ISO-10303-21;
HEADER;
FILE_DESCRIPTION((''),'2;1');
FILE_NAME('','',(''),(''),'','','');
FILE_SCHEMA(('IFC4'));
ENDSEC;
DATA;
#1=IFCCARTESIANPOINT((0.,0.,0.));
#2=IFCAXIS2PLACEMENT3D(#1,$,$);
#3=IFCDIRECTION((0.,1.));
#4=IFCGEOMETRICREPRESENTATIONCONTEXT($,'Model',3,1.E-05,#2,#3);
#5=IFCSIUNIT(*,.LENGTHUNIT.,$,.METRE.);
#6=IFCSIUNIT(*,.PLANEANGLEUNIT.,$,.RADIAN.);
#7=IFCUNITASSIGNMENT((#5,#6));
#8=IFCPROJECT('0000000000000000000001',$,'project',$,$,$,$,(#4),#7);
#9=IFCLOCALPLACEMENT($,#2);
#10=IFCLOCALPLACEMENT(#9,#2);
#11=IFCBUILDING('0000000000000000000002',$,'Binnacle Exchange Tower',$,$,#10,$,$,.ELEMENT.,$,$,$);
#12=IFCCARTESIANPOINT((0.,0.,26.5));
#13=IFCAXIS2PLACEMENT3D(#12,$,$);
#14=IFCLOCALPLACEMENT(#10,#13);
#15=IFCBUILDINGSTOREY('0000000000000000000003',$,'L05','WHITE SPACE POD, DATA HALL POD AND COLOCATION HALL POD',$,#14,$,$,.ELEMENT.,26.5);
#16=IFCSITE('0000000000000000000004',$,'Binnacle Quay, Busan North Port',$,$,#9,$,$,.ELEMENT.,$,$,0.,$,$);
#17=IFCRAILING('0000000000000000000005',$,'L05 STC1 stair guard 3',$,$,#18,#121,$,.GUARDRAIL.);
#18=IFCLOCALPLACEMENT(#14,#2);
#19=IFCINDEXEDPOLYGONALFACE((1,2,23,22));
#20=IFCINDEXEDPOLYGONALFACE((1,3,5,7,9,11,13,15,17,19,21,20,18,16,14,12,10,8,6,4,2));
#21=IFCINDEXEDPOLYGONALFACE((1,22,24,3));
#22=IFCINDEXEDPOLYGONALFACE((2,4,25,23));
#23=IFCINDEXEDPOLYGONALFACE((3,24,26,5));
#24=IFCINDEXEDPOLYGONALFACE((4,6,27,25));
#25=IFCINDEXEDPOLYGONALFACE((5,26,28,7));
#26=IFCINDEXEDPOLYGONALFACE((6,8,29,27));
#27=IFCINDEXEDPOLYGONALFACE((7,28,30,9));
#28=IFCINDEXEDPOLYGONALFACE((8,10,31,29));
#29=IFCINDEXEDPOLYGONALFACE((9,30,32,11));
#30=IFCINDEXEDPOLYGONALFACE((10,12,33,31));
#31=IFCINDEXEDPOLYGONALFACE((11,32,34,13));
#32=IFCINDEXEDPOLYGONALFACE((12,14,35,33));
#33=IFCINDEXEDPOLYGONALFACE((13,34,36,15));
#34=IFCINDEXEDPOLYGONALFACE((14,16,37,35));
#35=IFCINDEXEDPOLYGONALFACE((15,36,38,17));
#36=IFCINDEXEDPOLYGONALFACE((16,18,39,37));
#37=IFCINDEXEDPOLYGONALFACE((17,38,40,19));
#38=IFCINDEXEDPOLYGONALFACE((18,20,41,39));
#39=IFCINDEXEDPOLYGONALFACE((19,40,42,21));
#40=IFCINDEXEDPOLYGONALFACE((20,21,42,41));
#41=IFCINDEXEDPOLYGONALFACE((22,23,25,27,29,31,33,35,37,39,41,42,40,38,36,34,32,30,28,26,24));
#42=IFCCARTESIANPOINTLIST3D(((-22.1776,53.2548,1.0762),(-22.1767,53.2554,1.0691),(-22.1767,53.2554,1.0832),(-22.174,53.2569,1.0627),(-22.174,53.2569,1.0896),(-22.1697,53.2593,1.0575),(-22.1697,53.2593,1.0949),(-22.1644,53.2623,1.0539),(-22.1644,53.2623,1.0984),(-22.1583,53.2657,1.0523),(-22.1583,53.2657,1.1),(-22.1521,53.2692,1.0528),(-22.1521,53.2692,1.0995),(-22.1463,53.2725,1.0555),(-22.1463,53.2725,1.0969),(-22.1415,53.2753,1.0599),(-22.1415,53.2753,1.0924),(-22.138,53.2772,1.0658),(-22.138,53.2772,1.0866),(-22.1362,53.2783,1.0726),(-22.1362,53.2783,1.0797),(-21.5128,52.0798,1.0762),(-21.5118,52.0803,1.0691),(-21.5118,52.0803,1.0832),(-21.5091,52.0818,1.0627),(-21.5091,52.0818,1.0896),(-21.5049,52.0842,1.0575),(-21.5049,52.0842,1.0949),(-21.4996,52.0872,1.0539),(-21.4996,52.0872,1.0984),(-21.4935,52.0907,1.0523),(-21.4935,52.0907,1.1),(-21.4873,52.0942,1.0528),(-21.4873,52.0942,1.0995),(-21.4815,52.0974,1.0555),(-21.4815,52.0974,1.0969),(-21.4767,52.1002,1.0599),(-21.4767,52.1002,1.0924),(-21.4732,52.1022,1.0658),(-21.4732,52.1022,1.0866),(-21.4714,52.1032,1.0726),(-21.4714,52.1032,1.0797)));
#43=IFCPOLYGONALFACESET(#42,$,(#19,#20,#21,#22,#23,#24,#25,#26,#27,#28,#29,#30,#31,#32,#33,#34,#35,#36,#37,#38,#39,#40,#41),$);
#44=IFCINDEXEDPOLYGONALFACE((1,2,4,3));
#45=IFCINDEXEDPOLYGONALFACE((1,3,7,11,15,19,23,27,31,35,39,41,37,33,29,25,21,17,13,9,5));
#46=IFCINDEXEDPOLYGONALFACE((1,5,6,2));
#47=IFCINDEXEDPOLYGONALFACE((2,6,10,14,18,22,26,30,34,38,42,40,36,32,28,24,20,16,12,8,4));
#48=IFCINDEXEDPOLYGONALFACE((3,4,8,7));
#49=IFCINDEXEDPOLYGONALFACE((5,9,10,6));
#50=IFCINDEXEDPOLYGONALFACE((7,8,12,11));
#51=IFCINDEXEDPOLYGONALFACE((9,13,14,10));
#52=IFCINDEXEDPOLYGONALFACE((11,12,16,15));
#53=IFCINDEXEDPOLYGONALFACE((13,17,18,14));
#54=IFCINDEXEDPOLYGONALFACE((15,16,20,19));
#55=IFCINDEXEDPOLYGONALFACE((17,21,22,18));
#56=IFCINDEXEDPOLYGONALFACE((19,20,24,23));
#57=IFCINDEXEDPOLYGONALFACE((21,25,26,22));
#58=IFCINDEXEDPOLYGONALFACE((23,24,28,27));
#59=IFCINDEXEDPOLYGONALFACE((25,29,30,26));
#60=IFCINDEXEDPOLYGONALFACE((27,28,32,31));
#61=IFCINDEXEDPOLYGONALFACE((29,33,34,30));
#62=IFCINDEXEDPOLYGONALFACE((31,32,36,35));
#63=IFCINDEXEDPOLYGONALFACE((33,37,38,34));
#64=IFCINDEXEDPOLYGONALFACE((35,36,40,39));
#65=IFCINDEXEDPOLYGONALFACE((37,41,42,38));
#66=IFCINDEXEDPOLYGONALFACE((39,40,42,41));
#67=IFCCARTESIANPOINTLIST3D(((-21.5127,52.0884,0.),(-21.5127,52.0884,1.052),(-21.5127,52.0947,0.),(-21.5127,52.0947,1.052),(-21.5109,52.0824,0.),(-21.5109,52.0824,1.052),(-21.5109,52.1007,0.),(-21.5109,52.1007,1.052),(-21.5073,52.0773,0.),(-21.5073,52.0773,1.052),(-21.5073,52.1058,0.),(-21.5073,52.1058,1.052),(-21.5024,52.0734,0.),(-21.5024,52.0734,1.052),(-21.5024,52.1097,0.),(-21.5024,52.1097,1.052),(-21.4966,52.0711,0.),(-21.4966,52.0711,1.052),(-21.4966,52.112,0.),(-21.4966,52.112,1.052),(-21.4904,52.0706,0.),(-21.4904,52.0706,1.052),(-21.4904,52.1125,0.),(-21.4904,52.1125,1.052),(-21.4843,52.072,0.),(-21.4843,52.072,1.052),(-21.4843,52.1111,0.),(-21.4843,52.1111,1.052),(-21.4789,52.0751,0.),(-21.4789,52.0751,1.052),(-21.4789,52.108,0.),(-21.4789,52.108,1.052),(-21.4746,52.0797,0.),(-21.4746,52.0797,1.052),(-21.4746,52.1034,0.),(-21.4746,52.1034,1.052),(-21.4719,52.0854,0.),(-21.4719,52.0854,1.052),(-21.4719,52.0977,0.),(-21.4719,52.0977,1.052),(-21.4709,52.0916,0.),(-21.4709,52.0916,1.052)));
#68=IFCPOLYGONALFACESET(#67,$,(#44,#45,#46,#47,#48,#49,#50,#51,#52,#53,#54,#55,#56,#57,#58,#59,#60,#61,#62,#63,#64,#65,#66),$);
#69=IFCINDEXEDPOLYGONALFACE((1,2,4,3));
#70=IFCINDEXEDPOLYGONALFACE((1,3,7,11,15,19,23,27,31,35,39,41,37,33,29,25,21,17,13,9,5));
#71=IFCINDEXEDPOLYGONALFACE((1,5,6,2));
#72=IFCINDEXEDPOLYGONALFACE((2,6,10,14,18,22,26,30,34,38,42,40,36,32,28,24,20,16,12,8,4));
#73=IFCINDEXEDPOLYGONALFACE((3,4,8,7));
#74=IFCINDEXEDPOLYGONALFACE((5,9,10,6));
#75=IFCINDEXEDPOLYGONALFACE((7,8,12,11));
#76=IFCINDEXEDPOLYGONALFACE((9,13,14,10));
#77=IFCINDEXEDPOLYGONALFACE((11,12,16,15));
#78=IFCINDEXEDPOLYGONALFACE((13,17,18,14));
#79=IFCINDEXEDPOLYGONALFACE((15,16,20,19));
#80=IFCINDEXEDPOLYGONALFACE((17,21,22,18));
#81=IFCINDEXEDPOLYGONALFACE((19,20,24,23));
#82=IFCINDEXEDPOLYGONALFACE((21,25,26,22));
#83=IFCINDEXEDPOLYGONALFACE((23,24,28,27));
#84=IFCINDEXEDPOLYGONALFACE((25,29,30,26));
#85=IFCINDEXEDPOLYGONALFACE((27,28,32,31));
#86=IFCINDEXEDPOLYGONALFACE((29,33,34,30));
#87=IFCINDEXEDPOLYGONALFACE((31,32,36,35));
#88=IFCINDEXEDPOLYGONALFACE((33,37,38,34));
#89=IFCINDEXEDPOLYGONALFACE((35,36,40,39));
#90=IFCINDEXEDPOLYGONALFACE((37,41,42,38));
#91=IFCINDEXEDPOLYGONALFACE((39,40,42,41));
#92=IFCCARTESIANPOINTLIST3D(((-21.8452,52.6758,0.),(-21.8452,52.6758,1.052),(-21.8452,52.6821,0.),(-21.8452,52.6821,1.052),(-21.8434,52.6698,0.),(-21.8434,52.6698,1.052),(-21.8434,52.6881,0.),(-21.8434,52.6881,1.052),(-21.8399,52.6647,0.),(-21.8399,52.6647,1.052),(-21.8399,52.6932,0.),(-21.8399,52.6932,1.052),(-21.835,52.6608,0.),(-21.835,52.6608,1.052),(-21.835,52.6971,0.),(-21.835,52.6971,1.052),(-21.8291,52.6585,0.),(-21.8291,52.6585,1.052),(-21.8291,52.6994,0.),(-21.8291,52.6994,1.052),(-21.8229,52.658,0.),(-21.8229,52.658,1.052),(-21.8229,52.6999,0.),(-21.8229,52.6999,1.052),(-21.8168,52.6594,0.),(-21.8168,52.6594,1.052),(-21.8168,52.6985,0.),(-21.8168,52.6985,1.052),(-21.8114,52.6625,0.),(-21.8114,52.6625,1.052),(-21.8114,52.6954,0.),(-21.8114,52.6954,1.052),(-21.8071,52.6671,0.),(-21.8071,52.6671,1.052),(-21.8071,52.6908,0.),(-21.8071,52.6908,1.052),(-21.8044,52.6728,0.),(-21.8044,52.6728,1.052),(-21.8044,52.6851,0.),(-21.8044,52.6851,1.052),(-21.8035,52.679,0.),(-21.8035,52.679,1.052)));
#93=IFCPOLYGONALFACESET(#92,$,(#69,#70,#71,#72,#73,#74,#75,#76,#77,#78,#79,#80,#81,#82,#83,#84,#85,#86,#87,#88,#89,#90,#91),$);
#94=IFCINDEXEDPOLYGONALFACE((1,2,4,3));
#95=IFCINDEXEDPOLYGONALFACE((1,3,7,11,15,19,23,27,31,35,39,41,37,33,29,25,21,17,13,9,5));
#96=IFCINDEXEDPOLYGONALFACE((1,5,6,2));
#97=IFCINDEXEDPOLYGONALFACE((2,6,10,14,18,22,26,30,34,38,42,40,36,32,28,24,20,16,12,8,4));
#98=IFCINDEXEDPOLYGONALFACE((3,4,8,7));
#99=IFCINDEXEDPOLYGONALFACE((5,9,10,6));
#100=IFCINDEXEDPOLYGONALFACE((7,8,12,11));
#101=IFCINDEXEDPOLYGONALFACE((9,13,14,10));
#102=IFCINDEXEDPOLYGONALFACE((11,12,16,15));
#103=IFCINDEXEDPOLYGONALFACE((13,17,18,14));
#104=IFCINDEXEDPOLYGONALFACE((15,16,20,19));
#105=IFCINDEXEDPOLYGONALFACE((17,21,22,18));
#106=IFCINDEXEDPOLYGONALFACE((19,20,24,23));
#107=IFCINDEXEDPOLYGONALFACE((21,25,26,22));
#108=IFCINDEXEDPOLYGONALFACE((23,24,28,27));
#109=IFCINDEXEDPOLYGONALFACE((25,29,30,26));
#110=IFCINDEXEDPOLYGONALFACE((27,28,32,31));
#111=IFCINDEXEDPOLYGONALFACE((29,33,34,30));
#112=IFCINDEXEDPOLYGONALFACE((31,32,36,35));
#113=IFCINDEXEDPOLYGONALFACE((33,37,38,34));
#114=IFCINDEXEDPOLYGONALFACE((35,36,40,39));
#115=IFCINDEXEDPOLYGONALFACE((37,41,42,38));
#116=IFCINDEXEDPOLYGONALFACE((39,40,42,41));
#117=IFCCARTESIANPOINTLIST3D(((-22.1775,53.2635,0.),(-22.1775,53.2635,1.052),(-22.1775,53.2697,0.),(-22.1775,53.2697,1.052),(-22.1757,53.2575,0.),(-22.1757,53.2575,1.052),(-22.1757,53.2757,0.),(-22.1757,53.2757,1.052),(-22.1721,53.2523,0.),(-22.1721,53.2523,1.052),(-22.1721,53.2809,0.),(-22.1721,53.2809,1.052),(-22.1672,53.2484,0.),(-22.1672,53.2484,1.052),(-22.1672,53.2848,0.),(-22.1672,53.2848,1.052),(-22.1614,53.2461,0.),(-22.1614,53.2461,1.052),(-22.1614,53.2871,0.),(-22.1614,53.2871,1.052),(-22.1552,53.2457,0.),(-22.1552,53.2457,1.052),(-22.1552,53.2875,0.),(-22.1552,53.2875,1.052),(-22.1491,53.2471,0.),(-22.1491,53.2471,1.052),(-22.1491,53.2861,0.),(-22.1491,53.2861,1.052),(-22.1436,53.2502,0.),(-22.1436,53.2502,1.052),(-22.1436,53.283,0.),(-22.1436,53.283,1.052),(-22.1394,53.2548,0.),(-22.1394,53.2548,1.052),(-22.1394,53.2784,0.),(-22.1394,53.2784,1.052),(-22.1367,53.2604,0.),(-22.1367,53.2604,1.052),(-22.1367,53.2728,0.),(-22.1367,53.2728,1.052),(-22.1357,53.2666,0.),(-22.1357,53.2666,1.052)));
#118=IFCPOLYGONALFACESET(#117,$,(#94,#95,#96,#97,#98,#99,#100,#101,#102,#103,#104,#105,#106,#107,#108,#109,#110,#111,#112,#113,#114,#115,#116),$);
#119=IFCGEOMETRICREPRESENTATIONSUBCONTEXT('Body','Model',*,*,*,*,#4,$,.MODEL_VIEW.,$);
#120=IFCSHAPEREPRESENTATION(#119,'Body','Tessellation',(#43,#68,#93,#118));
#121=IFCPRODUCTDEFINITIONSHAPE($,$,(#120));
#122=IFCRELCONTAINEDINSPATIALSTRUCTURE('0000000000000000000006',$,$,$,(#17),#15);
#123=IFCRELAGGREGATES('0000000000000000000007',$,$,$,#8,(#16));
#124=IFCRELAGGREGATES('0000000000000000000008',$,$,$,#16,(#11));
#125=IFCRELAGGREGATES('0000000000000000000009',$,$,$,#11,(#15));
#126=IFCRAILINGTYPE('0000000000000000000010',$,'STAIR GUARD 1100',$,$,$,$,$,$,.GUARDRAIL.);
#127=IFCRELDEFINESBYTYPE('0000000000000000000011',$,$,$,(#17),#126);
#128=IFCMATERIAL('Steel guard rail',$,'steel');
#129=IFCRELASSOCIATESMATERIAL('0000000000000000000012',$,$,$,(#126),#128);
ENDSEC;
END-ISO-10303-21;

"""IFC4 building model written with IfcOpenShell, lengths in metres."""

from ifc_helpers import new_model, si_unit, direction, frame, origin, origin_2d, place, context, subcontext, project, spatial, circle, extrude, material, type_object, element, save


model = new_model("IFC4")

# Units and contexts
model_context = context("Model", 3, precision=1e-05, world=origin(), true_north=direction((0.0, 1.0)))
body_context = subcontext(model_context, "Body", "Model", "MODEL_VIEW")
ifc_project = project(units=[si_unit("LENGTHUNIT", "METRE"), si_unit("PLANEANGLEUNIT", "RADIAN")], contexts=[model_context])

# Site, building, storey
site_placement = place(None, origin())
site = spatial("IfcSite", under=ifc_project, at=site_placement, Name="Binnacle Quay, Busan North Port", CompositionType="ELEMENT", RefElevation=0.0)
building_placement = place(site_placement, origin())
building = spatial("IfcBuilding", under=site, at=building_placement, Name="Binnacle Exchange Tower", CompositionType="ELEMENT")
storey_placement = place(building_placement, frame((0.0, 0.0, 26.5)))
storey = spatial("IfcBuildingStorey", under=building, at=storey_placement, Name="L05", Description="WHITE SPACE POD, DATA HALL POD AND COLOCATION HALL POD", CompositionType="ELEMENT", Elevation=26.5)

# Railing
ifc_material_1 = material(Name="Steel guard rail", Category="steel")
railing_type_1 = type_object("IfcRailingType", Name="STAIR GUARD 1100", PredefinedType="GUARDRAIL", material=ifc_material_1)
railing_1_placement = place(storey_placement, frame((-21.4919, 52.0916, 0.0)))
element("IfcRailing", 1, at=railing_1_placement, inside=storey, type_object=railing_type_1, Name="L05 STC1 stair guard 3", PredefinedType="GUARDRAIL", context=body_context, shape_type="SweptSolid", body=[
    extrude(circle(Radius=0.0239, at=origin_2d()), frame((0.0, 0.0, 1.0762), z_axis=(-0.492415, 0.870361, 0.0), x_axis=(-0.870361, -0.492415, 0.0)), (0.0, 0.0, 1.0), 1.3501),
    extrude(circle(Radius=0.021, at=origin_2d()), origin(), (0.0, 0.0, 1.0), 1.052),
    extrude(circle(Radius=0.021, at=origin_2d()), frame((-0.3325, 0.5874, 0.0)), (0.0, 0.0, 1.0), 1.052),
    extrude(circle(Radius=0.021, at=origin_2d()), frame((-0.6648, 1.175, 0.0)), (0.0, 0.0, 1.0), 1.052),
])

save(model, "model.ifc")
